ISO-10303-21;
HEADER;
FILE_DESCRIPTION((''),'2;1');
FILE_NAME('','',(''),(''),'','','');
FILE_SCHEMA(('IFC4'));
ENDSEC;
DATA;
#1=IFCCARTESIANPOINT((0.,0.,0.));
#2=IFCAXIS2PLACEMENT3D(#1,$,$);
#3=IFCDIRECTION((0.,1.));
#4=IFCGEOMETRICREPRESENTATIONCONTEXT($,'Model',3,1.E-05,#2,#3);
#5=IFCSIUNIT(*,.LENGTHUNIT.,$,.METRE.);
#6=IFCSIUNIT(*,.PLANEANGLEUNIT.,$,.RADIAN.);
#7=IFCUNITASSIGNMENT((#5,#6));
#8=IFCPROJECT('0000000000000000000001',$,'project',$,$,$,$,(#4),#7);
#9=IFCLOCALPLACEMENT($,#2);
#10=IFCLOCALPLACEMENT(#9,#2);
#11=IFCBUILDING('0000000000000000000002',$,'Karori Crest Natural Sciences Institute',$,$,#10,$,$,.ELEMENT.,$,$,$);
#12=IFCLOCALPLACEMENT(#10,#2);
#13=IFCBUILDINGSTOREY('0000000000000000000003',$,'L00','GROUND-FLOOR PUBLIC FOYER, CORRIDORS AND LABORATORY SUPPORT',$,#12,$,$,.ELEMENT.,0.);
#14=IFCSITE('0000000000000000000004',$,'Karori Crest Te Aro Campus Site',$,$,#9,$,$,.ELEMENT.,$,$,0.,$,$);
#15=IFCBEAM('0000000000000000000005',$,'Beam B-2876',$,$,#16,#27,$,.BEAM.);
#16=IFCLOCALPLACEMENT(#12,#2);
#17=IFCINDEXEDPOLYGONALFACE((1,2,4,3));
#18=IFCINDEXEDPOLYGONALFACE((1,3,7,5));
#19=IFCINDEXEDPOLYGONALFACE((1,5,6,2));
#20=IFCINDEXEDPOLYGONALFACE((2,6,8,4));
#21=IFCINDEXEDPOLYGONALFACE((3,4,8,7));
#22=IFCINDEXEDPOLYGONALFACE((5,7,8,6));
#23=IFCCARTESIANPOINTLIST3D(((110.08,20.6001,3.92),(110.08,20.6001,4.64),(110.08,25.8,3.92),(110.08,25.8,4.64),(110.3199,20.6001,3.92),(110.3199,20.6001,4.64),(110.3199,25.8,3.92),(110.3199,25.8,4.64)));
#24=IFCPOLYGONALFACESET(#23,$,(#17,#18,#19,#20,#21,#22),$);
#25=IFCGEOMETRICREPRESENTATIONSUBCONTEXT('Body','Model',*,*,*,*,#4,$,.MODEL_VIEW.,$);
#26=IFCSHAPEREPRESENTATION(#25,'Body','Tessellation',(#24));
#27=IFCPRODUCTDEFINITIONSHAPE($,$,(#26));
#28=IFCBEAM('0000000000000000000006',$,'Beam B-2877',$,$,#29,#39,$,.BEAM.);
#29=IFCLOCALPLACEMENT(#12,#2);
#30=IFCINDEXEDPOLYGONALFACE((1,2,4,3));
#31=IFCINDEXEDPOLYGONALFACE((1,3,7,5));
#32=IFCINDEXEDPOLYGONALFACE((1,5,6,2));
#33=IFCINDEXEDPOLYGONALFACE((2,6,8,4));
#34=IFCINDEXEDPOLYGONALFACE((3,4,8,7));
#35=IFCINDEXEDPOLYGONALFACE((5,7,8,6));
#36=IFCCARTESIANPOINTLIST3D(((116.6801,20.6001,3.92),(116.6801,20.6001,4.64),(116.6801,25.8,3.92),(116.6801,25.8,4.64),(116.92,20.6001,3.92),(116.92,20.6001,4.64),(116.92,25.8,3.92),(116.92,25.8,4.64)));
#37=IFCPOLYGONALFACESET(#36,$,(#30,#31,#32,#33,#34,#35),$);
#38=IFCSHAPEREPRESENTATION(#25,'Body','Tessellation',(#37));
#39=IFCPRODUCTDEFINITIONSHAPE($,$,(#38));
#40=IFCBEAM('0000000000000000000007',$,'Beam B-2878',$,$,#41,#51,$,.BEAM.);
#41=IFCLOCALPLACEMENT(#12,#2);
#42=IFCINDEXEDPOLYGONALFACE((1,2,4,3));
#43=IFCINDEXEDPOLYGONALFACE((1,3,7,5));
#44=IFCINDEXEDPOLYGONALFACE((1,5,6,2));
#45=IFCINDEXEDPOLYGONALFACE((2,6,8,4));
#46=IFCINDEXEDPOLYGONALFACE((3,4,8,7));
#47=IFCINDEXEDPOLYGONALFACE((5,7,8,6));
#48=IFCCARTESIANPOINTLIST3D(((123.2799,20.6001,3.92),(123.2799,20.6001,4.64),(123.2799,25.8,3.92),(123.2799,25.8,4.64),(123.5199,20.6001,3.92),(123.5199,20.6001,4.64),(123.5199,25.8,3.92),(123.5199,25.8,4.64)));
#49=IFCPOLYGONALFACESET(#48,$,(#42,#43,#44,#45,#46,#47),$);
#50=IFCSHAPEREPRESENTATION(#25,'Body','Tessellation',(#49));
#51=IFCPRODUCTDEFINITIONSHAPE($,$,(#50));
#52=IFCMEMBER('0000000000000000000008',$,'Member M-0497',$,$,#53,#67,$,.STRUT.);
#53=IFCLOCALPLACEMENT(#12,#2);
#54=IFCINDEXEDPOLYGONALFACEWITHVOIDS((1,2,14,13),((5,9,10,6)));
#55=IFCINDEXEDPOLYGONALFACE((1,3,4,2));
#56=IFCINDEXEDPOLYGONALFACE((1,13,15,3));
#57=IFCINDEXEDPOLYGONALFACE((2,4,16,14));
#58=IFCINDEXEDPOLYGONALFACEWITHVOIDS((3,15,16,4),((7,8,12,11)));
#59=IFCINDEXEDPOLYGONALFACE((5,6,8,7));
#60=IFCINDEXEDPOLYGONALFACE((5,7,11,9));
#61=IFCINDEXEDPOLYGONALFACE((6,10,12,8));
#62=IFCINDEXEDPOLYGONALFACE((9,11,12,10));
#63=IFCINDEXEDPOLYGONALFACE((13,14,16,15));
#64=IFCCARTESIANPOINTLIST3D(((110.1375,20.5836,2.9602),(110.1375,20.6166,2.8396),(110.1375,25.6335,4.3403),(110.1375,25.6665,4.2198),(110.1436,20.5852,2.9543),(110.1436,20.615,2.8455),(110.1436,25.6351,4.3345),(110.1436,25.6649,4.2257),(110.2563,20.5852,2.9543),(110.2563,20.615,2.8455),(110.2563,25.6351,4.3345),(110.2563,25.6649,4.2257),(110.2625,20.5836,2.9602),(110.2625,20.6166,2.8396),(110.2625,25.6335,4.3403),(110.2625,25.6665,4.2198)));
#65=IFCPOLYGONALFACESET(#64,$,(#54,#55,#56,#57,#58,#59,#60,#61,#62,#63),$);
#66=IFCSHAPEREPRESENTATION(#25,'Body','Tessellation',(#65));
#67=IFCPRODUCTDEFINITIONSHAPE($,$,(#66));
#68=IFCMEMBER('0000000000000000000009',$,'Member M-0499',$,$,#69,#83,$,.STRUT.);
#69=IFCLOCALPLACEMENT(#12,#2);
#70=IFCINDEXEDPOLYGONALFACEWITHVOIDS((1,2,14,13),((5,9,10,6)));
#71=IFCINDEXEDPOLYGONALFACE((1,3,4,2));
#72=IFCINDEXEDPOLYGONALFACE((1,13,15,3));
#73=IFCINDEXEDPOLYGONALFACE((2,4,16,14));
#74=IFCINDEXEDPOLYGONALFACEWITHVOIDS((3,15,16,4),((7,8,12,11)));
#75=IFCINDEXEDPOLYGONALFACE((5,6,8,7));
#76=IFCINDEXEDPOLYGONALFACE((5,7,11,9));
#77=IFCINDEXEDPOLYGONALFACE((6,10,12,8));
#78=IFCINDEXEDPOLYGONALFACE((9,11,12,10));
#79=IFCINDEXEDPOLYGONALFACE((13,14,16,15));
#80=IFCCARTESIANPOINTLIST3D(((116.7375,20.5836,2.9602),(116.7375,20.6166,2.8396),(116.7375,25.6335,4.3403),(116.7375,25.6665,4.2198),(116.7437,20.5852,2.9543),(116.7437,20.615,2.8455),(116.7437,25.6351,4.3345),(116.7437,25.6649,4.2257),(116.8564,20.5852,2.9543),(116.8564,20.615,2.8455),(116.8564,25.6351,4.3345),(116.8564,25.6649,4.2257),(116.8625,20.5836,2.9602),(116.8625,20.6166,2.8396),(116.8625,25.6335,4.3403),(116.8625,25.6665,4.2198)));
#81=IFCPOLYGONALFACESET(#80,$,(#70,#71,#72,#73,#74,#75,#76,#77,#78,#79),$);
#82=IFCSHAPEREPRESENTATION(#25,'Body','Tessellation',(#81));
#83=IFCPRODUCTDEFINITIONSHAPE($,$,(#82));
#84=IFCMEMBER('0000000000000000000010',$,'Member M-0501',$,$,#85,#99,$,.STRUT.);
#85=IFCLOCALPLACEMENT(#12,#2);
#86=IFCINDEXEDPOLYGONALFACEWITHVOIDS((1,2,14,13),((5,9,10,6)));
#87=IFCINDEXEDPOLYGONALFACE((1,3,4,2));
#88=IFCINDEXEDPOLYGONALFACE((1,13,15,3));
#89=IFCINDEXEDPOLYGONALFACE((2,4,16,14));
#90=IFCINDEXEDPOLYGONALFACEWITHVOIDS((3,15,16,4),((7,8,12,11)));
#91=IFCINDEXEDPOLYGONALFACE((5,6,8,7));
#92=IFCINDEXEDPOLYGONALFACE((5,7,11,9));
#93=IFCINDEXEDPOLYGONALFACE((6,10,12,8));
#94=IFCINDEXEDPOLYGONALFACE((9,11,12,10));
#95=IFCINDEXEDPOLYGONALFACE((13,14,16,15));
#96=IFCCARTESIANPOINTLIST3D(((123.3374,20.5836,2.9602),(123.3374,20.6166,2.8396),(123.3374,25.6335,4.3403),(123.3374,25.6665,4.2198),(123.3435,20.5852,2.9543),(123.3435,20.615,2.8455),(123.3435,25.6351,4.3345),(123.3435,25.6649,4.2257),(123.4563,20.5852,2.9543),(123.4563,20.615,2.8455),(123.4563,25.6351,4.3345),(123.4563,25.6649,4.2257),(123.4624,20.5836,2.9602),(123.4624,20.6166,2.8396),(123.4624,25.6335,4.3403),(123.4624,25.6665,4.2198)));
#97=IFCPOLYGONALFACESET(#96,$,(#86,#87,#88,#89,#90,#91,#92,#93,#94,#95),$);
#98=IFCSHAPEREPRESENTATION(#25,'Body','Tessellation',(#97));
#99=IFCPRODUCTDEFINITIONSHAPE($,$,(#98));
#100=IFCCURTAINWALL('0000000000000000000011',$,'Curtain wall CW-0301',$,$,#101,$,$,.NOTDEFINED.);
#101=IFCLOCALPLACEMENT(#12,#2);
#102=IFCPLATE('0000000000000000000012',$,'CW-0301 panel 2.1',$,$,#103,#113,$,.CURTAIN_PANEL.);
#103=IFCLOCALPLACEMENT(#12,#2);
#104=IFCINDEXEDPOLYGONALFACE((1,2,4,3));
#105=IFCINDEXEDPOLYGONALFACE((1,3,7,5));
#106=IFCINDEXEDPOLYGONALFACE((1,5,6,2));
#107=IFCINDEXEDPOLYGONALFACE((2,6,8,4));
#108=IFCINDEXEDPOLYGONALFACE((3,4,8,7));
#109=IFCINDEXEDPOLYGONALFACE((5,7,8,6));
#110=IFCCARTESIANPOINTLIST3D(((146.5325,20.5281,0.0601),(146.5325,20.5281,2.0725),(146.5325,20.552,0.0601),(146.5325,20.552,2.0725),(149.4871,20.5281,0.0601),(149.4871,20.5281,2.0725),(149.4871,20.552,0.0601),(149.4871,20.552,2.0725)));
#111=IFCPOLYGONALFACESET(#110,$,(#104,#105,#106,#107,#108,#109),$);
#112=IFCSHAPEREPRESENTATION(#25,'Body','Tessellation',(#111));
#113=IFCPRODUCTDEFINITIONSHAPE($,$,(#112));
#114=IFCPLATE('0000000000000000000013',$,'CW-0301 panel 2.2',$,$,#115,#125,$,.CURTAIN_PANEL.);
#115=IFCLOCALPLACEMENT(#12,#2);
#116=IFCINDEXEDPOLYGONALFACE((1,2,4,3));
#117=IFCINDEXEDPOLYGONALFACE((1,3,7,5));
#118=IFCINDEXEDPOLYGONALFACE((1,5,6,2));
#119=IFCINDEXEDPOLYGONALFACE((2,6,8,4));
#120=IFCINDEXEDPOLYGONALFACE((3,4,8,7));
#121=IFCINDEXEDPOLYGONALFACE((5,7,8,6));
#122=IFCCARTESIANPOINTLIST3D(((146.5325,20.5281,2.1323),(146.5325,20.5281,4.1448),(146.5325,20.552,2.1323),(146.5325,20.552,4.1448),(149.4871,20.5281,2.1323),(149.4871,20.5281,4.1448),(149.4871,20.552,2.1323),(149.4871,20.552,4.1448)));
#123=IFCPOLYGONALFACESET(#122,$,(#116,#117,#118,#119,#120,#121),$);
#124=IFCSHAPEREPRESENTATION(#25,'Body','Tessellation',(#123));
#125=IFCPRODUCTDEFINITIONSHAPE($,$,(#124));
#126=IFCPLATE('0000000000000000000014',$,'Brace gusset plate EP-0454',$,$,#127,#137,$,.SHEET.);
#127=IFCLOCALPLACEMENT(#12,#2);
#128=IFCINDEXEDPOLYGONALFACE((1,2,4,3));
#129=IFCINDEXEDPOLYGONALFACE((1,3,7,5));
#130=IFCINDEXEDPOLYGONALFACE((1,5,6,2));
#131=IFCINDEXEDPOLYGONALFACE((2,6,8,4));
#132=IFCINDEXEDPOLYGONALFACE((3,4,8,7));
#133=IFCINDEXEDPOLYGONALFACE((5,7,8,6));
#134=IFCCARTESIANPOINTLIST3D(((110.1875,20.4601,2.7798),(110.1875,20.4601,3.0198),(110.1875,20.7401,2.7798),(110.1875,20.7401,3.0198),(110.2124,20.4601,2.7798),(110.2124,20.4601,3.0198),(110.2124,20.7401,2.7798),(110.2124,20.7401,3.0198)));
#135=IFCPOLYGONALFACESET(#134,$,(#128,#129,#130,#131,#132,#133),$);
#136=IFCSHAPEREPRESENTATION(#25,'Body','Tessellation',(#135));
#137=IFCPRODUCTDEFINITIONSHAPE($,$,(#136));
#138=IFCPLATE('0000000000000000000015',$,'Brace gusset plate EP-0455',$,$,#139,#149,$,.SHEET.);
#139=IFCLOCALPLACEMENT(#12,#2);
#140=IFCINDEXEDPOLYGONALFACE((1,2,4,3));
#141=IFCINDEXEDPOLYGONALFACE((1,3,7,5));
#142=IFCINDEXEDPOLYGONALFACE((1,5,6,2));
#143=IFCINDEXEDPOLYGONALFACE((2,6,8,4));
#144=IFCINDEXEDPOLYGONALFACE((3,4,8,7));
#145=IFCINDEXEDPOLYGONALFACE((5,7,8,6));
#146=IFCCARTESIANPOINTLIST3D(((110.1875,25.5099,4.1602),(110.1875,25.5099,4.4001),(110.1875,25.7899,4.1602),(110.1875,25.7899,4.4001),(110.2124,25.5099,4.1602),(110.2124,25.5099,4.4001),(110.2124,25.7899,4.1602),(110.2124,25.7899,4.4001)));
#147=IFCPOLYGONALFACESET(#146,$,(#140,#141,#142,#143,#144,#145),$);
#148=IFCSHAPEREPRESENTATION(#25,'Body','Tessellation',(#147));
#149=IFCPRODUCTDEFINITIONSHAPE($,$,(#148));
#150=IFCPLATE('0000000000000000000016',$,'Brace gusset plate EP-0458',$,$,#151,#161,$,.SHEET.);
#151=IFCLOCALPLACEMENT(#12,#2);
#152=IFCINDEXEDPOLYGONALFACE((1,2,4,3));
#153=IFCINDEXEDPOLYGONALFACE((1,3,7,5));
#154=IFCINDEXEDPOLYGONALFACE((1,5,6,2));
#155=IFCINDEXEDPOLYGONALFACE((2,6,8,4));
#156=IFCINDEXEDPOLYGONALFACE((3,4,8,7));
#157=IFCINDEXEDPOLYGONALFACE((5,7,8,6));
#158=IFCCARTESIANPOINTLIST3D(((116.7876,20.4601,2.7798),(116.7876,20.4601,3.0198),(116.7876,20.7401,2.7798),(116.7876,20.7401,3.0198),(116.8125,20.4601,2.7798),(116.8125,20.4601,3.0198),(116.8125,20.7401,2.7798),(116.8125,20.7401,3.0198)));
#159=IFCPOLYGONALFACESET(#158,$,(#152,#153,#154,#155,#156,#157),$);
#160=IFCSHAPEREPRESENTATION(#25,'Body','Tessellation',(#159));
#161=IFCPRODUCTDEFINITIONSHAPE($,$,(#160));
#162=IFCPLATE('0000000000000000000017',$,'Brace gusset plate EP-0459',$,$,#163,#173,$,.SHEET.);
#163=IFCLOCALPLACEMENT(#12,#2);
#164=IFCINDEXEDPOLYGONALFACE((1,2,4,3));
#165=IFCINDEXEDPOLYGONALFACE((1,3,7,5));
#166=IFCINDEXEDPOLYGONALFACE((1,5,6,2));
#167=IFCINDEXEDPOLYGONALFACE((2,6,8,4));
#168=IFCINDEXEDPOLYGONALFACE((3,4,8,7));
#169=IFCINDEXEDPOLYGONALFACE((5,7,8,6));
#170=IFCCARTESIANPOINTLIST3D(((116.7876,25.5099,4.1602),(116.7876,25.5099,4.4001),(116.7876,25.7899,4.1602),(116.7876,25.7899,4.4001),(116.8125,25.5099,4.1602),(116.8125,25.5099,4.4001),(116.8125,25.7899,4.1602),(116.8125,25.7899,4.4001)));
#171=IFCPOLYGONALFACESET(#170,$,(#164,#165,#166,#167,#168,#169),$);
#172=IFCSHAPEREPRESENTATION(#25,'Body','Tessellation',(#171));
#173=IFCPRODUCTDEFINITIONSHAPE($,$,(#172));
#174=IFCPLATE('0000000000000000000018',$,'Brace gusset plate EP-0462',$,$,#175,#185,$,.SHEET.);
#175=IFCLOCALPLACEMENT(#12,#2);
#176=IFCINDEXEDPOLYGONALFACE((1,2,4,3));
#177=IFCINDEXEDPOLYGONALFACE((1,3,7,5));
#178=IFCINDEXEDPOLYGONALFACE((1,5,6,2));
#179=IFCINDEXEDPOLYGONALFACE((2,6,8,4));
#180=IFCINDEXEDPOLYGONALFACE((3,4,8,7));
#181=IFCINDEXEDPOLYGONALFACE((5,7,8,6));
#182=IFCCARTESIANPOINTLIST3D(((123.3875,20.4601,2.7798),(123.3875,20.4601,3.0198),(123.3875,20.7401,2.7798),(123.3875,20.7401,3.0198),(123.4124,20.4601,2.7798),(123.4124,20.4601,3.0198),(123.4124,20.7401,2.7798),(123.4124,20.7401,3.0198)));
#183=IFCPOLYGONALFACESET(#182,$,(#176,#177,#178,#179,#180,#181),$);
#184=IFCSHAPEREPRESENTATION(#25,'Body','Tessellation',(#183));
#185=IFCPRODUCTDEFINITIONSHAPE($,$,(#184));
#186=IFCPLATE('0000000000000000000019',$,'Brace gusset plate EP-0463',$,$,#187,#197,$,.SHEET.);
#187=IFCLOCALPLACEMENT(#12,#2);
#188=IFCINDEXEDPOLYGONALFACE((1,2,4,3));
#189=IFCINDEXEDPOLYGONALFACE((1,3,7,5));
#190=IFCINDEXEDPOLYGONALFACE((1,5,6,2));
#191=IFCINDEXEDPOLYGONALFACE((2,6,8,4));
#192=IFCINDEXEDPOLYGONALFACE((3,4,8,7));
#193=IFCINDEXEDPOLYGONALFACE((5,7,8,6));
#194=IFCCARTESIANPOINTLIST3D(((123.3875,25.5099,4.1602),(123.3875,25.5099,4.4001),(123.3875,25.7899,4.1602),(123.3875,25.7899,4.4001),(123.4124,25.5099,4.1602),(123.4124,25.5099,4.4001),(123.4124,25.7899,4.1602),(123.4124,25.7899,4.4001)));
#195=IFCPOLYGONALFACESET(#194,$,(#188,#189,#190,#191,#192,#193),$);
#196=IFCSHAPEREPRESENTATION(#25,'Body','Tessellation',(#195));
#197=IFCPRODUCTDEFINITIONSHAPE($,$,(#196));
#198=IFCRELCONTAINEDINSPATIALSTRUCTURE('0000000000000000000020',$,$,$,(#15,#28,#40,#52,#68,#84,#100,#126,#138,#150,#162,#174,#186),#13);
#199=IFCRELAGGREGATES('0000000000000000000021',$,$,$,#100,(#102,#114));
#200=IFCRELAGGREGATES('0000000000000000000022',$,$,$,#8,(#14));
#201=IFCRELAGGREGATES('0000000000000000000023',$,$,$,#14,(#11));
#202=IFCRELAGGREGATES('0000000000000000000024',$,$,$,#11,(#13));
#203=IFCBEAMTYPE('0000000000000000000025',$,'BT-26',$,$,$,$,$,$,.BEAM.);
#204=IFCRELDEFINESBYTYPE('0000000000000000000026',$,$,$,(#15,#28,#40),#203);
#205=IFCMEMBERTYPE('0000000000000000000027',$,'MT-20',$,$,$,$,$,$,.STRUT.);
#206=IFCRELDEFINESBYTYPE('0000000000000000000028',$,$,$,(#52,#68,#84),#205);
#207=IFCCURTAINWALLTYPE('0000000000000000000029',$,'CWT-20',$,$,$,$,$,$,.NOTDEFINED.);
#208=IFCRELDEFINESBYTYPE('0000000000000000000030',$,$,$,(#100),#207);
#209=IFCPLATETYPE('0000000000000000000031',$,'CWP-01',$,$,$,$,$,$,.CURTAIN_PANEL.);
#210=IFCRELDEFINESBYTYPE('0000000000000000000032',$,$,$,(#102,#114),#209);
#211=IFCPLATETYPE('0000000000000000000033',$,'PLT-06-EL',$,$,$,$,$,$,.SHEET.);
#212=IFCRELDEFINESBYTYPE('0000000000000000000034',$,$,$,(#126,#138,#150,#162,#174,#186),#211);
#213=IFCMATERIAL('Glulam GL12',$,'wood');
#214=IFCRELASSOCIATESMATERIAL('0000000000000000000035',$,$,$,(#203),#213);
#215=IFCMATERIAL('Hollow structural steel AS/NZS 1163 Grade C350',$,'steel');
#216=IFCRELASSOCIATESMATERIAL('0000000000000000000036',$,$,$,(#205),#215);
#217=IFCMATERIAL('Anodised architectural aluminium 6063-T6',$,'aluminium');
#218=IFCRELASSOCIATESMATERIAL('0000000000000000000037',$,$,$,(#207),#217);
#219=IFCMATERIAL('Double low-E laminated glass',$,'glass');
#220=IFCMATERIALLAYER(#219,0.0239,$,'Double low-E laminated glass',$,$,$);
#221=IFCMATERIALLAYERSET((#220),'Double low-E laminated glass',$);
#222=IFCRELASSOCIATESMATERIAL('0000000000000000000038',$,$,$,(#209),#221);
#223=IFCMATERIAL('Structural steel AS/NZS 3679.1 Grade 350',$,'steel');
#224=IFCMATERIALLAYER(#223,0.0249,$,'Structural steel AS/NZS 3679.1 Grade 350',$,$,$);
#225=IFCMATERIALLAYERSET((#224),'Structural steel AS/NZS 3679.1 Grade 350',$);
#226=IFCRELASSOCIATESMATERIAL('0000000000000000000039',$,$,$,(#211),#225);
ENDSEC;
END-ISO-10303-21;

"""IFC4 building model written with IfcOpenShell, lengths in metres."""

from ifc_helpers import new_model, si_unit, direction, frame, origin, origin_2d, place, context, subcontext, project, spatial, rectangle, hollow_rectangle, extrude, material, layer, layer_set, material_profile, profile_set, type_object, element, aggregate, save


model = new_model("IFC4")

# Units and contexts
model_context = context("Model", 3, precision=1e-05, world=origin(), true_north=direction((0.0, 1.0)))
body_context = subcontext(model_context, "Body", "Model", "MODEL_VIEW")
ifc_project = project(units=[si_unit("LENGTHUNIT", "METRE"), si_unit("PLANEANGLEUNIT", "RADIAN")], contexts=[model_context])

# Site, building, storey
site_placement = place(None, origin())
site = spatial("IfcSite", under=ifc_project, at=site_placement, Name="Karori Crest Te Aro Campus Site", CompositionType="ELEMENT", RefElevation=0.0)
building_placement = place(site_placement, origin())
building = spatial("IfcBuilding", under=site, at=building_placement, Name="Karori Crest Natural Sciences Institute", CompositionType="ELEMENT")
storey_placement = place(building_placement, origin())
storey = spatial("IfcBuildingStorey", under=building, at=storey_placement, Name="L00", Description="GROUND-FLOOR PUBLIC FOYER, CORRIDORS AND LABORATORY SUPPORT", CompositionType="ELEMENT", Elevation=0.0)

# Shared definitions
ifc_material_1 = material(Name="Structural steel AS/NZS 3679.1 Grade 350", Category="steel")

# Beams
ifc_material_2 = material(Name="Hollow structural steel AS/NZS 1163 Grade C350", Category="steel")
ifc_material_3 = material(Name="Glulam GL12", Category="wood")
ifc_material_profile_1 = material_profile(ifc_material_3, rectangle(XDim=0.24, YDim=0.72, at=origin_2d()), Name="GL240x720")
ifc_profile_set_1 = profile_set([ifc_material_profile_1], Name="Glulam GL12")
beam_type_1 = type_object("IfcBeamType", Name="BT-26", PredefinedType="BEAM", material=ifc_profile_set_1)
for number, where, z_axis, x_axis, name in (
    (1, (110.2, 20.6001, 4.28), (0.0, 1.0, 0.0), (-1.0, 0.0, 0.0), "Beam B-2876"),
    (2, (116.8, 20.6001, 4.28), (0.0, 1.0, 0.0), (-1.0, 0.0, 0.0), "Beam B-2877"),
    (3, (123.3999, 20.6001, 4.28), (0.0, 1.0, 0.0), (-1.0, 0.0, 0.0), "Beam B-2878"),
):
    element("IfcBeam", number, at=place(storey_placement, frame(where, z_axis=z_axis, x_axis=x_axis)), inside=storey, type_object=beam_type_1, Name=name, PredefinedType="BEAM", context=body_context, shape_type="SweptSolid", body=[
        extrude(rectangle(XDim=0.24, YDim=0.72, at=origin_2d()), origin(), (0.0, 0.0, 1.0), 5.2),
    ])

# Members
ifc_material_profile_2 = material_profile(ifc_material_2, hollow_rectangle(XDim=0.125, YDim=0.125, WallThickness=0.0061, at=origin_2d()), Name="SHS125x125x6")
ifc_profile_set_2 = profile_set([ifc_material_profile_2], Name="Hollow structural steel AS/NZS 1163 Grade C350")
member_type = type_object("IfcMemberType", Name="MT-20", PredefinedType="STRUT", material=ifc_profile_set_2)
for number, where, z_axis, x_axis, name in (
    (4, (110.2, 20.6001, 2.8999), (0.0, 0.964623, 0.263634), (-1.0, 0.0, 0.0), "Member M-0497"),
    (5, (116.8, 20.6001, 2.8999), (0.0, 0.964623, 0.263634), (-1.0, 0.0, 0.0), "Member M-0499"),
    (6, (123.3999, 20.6001, 2.8999), (0.0, 0.964623, 0.263634), (-1.0, 0.0, 0.0), "Member M-0501"),
):
    element("IfcMember", number, at=place(storey_placement, frame(where, z_axis=z_axis, x_axis=x_axis)), inside=storey, type_object=member_type, Name=name, PredefinedType="STRUT", context=body_context, shape_type="SweptSolid", body=[
        extrude(hollow_rectangle(XDim=0.125, YDim=0.125, WallThickness=0.0061, at=origin_2d()), origin(), (0.0, 0.0, 1.0), 5.2351),
    ])

# Curtain wall, plates
ifc_material_4 = material(Name="Anodised architectural aluminium 6063-T6", Category="aluminium")
curtain_wall_type = type_object("IfcCurtainWallType", Name="CWT-20", PredefinedType="NOTDEFINED", material=ifc_material_4)
curtain_wall_placement = place(storey_placement, origin())
curtain_wall = element("IfcCurtainWall", 7, at=curtain_wall_placement, inside=storey, type_object=curtain_wall_type, Name="Curtain wall CW-0301", PredefinedType="NOTDEFINED")
ifc_material_5 = material(Name="Double low-E laminated glass", Category="glass")
ifc_layer_1 = layer(ifc_material_5, 0.0239, Name="Double low-E laminated glass")
ifc_layer_set_1 = layer_set([ifc_layer_1], Name="Double low-E laminated glass")
plate_type_1 = type_object("IfcPlateType", Name="CWP-01", PredefinedType="CURTAIN_PANEL", material=ifc_layer_set_1)
plate_1_placement = place(storey_placement, frame((148.0098, 20.54, 0.0601), z_axis=(0.0, 0.0, 1.0), x_axis=(1.0, 0.0, 0.0)))
plate_1 = element("IfcPlate", 8, at=plate_1_placement, type_object=plate_type_1, Name="CW-0301 panel 2.1", PredefinedType="CURTAIN_PANEL", context=body_context, shape_type="SweptSolid", body=[
    extrude(rectangle(XDim=2.9546, YDim=0.0239, at=origin_2d()), origin(), (0.0, 0.0, 1.0), 2.0125),
])
plate_2_placement = place(storey_placement, frame((148.0098, 20.54, 2.1323), z_axis=(0.0, 0.0, 1.0), x_axis=(1.0, 0.0, 0.0)))
plate_2 = element("IfcPlate", 9, at=plate_2_placement, type_object=plate_type_1, Name="CW-0301 panel 2.2", PredefinedType="CURTAIN_PANEL", context=body_context, shape_type="SweptSolid", body=[
    extrude(rectangle(XDim=2.9546, YDim=0.0239, at=origin_2d()), origin(), (0.0, 0.0, 1.0), 2.0125),
])
aggregate(curtain_wall, [plate_1, plate_2])

# Plates
ifc_layer_2 = layer(ifc_material_1, 0.0249, Name="Structural steel AS/NZS 3679.1 Grade 350")
ifc_layer_set_2 = layer_set([ifc_layer_2], Name="Structural steel AS/NZS 3679.1 Grade 350")
plate_type_2 = type_object("IfcPlateType", Name="PLT-06-EL", PredefinedType="SHEET", material=ifc_layer_set_2)
for number, where, z_axis, x_axis, name in (
    (10, (110.2, 20.6001, 2.7798), (0.0, 0.0, 1.0), (0.0, 1.0, 0.0), "Brace gusset plate EP-0454"),
    (11, (110.2, 25.6499, 4.1602), (0.0, 0.0, 1.0), (0.0, 1.0, 0.0), "Brace gusset plate EP-0455"),
    (12, (116.8, 20.6001, 2.7798), (0.0, 0.0, 1.0), (0.0, 1.0, 0.0), "Brace gusset plate EP-0458"),
    (13, (116.8, 25.6499, 4.1602), (0.0, 0.0, 1.0), (0.0, 1.0, 0.0), "Brace gusset plate EP-0459"),
    (14, (123.3999, 20.6001, 2.7798), (0.0, 0.0, 1.0), (0.0, 1.0, 0.0), "Brace gusset plate EP-0462"),
    (15, (123.3999, 25.6499, 4.1602), (0.0, 0.0, 1.0), (0.0, 1.0, 0.0), "Brace gusset plate EP-0463"),
):
    element("IfcPlate", number, at=place(storey_placement, frame(where, z_axis=z_axis, x_axis=x_axis)), inside=storey, type_object=plate_type_2, Name=name, PredefinedType="SHEET", context=body_context, shape_type="SweptSolid", body=[
        extrude(rectangle(XDim=0.28, YDim=0.0249, at=origin_2d()), origin(), (0.0, 0.0, 1.0), 0.24),
    ])

save(model, "model.ifc")
